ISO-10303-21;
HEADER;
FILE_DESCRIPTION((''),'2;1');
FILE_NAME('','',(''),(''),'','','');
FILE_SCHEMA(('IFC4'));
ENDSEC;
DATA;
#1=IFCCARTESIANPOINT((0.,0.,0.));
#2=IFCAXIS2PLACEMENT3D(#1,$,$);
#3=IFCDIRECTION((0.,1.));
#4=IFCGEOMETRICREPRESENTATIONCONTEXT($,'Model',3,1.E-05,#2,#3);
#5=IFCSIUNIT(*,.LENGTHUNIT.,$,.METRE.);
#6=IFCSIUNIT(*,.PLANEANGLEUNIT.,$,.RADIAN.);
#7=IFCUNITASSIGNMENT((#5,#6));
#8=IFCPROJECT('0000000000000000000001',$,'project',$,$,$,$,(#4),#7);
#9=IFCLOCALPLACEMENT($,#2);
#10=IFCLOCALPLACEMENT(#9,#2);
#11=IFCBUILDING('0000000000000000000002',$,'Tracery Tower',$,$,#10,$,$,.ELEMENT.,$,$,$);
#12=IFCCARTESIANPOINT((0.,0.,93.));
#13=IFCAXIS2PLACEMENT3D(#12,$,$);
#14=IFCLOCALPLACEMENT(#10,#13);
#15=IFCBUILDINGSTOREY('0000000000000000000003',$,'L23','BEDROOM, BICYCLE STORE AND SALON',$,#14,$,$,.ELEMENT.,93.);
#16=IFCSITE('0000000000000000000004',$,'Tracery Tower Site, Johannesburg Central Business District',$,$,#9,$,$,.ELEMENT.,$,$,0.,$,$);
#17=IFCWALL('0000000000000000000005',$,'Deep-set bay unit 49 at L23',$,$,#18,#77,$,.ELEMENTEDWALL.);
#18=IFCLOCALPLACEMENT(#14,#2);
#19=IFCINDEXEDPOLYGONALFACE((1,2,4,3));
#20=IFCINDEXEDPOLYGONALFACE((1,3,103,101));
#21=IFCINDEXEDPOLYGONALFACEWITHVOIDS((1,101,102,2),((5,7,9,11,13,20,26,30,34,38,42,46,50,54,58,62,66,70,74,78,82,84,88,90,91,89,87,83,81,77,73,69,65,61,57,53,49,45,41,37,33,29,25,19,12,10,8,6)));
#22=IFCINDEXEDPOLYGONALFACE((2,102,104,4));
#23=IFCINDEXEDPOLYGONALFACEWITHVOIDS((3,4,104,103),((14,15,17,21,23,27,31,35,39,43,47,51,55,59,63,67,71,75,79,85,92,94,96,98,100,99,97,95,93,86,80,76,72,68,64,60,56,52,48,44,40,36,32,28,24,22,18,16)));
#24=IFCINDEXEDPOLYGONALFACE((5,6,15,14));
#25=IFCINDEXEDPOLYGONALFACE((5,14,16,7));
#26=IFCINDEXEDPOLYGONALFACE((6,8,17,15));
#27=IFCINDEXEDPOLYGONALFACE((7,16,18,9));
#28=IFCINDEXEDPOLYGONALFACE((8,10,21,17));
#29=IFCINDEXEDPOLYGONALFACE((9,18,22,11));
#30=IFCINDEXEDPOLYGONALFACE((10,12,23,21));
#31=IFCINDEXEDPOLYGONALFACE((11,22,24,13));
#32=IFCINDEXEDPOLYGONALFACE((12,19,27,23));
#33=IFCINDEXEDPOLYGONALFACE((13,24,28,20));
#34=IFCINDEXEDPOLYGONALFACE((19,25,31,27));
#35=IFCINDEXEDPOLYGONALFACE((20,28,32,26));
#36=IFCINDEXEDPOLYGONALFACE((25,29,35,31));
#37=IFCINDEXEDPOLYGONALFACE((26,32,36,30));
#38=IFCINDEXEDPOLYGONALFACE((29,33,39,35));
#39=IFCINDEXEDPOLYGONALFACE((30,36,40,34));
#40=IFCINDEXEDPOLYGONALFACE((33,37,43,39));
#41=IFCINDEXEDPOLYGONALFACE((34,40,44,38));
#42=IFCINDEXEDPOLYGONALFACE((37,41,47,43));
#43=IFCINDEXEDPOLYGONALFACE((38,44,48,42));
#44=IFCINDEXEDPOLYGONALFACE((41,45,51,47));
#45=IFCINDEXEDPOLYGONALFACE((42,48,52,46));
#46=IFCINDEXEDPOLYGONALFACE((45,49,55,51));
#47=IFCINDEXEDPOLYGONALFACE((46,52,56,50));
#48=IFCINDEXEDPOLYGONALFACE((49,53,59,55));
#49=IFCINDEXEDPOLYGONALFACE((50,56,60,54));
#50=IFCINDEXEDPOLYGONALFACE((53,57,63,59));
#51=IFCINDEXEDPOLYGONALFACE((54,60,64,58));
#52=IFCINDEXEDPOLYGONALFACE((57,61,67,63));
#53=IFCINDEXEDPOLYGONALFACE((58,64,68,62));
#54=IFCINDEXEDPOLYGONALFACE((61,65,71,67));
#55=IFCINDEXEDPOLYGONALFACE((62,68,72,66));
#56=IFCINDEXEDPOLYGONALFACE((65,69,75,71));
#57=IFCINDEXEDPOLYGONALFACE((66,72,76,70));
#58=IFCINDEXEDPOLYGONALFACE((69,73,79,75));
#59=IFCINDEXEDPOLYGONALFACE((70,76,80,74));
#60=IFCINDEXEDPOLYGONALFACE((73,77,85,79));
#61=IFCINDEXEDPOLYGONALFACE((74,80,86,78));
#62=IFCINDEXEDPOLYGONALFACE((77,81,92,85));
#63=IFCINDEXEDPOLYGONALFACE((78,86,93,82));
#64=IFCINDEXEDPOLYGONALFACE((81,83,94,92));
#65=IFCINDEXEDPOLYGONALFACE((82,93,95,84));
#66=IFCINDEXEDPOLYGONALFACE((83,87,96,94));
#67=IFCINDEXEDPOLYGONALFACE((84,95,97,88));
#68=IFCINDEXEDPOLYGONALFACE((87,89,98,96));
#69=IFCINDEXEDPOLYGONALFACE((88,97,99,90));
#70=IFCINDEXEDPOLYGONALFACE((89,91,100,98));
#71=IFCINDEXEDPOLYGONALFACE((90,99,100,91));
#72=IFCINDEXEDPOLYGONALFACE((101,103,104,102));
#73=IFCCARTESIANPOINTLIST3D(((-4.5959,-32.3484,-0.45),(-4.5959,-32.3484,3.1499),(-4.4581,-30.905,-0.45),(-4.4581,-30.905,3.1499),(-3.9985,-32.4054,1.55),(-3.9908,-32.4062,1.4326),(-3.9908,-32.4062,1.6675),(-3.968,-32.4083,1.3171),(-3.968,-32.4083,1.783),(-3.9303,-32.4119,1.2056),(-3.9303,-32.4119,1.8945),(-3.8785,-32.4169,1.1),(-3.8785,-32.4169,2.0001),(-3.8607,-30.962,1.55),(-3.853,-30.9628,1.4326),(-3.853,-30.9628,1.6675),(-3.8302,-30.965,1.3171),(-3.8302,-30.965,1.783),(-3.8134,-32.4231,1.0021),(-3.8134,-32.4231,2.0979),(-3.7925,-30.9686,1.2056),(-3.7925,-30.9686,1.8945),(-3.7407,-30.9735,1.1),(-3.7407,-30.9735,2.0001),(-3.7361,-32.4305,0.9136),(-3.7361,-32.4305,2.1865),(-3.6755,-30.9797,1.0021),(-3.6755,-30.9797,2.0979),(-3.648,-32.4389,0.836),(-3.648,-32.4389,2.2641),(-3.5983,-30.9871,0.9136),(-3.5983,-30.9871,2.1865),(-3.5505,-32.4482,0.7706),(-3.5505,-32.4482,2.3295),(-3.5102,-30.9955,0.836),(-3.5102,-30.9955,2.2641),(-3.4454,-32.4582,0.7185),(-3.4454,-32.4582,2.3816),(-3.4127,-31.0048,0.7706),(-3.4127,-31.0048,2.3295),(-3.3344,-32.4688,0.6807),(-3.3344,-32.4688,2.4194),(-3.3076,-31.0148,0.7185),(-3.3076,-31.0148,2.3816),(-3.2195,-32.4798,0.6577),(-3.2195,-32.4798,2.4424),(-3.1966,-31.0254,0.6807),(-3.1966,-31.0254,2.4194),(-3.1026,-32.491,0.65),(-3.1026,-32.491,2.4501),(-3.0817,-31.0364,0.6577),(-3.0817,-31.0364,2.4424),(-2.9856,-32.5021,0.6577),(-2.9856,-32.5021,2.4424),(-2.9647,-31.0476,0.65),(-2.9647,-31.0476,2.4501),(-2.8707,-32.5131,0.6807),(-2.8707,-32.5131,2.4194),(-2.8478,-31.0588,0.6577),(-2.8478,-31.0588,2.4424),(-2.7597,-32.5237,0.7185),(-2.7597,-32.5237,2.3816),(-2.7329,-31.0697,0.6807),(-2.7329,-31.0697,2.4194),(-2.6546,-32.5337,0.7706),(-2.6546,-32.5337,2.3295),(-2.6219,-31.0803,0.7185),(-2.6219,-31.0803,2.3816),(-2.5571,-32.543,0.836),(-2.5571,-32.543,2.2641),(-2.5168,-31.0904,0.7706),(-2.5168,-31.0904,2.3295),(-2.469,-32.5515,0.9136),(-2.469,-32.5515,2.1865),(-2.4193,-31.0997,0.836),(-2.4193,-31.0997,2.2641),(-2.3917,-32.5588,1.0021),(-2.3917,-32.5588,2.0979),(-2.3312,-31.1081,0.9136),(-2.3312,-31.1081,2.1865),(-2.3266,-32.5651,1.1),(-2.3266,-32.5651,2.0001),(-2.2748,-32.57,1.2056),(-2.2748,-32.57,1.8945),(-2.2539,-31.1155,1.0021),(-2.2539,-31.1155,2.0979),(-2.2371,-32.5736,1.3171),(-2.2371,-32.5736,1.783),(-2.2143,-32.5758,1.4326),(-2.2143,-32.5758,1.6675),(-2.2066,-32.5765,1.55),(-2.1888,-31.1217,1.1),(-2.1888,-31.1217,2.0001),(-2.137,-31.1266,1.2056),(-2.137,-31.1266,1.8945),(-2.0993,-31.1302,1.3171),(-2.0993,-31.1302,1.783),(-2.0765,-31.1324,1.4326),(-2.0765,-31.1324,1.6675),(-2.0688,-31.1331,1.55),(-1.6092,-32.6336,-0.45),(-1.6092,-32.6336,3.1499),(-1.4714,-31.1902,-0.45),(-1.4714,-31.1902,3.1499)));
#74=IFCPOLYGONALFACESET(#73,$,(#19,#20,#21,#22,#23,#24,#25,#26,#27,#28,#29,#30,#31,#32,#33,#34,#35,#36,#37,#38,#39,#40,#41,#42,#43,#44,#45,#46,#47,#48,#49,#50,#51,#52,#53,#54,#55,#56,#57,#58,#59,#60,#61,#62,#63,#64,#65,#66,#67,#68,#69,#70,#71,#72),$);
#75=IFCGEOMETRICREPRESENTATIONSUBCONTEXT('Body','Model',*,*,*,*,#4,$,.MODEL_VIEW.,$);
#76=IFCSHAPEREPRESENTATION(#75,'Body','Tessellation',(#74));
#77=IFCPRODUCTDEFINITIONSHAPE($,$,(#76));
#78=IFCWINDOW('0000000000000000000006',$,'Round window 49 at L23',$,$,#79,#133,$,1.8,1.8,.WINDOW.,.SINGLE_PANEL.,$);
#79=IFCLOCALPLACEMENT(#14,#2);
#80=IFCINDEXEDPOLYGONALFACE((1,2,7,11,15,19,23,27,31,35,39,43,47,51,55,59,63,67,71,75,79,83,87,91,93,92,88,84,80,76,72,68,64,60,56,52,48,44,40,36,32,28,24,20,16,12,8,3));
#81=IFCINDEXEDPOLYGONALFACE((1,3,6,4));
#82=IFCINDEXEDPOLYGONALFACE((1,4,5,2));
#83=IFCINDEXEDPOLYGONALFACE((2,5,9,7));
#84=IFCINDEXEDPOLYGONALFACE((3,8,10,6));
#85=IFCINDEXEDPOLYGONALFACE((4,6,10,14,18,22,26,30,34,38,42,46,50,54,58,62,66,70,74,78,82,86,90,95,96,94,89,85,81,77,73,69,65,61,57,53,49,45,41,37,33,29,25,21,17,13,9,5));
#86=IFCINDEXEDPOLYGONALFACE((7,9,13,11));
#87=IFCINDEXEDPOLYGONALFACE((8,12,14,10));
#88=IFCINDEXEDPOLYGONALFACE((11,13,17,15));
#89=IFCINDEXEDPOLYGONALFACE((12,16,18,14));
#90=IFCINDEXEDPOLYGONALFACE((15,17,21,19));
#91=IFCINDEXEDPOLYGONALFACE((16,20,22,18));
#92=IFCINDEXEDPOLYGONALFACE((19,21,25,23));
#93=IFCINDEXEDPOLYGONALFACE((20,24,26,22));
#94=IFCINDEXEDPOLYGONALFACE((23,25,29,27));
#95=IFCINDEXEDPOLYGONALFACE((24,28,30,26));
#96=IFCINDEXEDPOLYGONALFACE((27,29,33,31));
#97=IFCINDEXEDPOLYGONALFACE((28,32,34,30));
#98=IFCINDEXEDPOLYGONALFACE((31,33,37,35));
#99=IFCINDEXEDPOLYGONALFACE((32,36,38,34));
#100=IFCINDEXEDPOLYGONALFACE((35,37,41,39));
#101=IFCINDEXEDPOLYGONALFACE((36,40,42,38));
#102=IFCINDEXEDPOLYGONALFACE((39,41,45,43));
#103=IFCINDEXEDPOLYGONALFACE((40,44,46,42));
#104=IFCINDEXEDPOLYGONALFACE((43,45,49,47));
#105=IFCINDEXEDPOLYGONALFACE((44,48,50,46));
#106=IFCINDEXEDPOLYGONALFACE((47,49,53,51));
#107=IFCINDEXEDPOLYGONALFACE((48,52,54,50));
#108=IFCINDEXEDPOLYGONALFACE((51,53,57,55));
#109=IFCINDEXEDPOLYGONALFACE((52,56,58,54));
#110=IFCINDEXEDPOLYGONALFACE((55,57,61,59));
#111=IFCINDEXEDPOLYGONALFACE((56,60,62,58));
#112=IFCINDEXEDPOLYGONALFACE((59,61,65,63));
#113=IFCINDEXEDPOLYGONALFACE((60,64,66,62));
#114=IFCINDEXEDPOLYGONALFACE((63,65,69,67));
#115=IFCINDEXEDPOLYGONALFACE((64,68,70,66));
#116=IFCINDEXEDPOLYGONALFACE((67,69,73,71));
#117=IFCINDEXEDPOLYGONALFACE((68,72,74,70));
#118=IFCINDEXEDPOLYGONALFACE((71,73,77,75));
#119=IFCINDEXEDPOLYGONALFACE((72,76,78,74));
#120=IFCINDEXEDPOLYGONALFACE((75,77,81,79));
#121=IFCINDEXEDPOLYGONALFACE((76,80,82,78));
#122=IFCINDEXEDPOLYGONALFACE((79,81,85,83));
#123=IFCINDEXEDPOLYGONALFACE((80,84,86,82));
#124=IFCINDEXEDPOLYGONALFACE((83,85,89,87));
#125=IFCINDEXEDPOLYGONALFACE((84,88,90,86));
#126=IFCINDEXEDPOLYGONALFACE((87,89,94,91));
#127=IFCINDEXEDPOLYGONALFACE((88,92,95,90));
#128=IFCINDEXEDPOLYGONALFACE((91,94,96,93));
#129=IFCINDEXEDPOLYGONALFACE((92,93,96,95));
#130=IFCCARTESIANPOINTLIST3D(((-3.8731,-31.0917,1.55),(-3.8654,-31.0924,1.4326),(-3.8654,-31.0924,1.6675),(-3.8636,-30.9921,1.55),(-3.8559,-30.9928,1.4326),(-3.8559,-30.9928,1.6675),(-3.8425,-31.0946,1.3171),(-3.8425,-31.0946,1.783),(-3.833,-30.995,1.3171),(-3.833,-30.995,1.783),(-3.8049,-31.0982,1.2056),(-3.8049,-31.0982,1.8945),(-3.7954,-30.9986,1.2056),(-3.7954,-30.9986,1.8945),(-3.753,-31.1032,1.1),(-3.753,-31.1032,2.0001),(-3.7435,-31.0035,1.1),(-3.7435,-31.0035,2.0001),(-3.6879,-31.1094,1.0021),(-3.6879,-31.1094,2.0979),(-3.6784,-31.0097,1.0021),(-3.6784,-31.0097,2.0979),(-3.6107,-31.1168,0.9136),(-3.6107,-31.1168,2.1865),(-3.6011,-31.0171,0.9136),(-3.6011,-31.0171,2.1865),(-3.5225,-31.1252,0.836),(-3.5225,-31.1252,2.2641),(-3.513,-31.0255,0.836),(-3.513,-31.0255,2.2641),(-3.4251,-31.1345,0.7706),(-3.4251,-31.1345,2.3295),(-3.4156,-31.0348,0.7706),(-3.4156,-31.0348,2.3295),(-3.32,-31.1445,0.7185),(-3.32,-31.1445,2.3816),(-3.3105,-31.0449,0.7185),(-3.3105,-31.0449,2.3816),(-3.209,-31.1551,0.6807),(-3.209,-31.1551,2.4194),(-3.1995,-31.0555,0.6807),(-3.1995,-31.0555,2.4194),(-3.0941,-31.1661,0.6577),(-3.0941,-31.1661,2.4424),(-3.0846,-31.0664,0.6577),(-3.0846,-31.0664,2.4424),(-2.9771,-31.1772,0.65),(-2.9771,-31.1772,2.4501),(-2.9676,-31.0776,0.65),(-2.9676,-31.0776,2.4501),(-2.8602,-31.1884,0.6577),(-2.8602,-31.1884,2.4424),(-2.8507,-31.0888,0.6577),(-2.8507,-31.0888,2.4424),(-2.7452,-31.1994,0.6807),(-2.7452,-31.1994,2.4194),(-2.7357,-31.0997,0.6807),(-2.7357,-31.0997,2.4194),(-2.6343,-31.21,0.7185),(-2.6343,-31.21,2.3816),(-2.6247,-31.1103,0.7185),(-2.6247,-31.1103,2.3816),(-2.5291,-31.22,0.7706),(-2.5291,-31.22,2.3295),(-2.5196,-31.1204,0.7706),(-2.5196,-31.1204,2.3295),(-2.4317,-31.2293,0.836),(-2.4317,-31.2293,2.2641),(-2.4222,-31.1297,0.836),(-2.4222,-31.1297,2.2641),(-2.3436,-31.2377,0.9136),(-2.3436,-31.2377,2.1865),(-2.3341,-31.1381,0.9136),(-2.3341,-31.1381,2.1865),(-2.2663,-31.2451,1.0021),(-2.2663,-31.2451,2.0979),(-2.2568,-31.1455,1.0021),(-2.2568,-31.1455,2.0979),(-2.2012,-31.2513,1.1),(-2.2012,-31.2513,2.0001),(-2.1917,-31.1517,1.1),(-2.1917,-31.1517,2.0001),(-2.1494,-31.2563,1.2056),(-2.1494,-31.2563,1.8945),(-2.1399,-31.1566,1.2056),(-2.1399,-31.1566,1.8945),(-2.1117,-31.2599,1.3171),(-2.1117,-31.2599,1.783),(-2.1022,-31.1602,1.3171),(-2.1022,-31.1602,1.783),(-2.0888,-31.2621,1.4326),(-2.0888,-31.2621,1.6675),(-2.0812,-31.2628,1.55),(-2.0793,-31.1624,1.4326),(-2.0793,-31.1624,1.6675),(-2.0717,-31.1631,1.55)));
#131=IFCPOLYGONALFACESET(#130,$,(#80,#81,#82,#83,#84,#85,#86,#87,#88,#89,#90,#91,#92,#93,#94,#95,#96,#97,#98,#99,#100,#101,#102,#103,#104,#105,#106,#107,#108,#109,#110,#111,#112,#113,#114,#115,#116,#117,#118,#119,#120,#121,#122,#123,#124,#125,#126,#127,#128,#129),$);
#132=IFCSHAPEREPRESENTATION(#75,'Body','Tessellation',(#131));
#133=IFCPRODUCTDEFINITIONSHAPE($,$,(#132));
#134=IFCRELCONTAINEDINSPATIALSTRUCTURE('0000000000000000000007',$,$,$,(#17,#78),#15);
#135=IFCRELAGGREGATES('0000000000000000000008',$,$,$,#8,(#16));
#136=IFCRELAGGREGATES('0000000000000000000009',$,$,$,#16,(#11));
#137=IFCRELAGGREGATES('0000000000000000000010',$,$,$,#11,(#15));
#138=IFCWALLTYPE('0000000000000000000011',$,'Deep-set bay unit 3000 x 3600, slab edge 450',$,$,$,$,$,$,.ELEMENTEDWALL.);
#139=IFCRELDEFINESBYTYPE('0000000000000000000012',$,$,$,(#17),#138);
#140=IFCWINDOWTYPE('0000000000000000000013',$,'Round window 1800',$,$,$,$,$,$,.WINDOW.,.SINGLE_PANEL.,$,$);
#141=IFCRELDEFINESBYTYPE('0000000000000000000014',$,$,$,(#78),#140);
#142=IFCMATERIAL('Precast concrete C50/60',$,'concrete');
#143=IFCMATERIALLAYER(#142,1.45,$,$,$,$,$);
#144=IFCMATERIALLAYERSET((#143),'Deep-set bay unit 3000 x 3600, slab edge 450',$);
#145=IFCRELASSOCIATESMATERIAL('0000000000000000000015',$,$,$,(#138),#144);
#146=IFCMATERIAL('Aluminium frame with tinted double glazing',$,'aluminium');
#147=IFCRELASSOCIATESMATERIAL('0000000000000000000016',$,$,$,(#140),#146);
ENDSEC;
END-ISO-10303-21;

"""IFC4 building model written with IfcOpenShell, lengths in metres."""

from ifc_helpers import new_model, si_unit, direction, frame, frame_2d, origin, origin_2d, place, context, subcontext, project, spatial, rectangle, circle, extrude, material, layer, layer_set, type_object, element, fill, save


model = new_model("IFC4")

# Units and contexts
model_context = context("Model", 3, precision=1e-05, world=origin(), true_north=direction((0.0, 1.0)))
body_context = subcontext(model_context, "Body", "Model", "MODEL_VIEW")
ifc_project = project(units=[si_unit("LENGTHUNIT", "METRE"), si_unit("PLANEANGLEUNIT", "RADIAN")], contexts=[model_context])

# Site, building, storey
site_placement = place(None, origin())
site = spatial("IfcSite", under=ifc_project, at=site_placement, Name="Tracery Tower Site, Johannesburg Central Business District", CompositionType="ELEMENT", RefElevation=0.0)
building_placement = place(site_placement, origin())
building = spatial("IfcBuilding", under=site, at=building_placement, Name="Tracery Tower", CompositionType="ELEMENT")
storey_placement = place(building_placement, frame((0.0, 0.0, 93.0)))
storey = spatial("IfcBuildingStorey", under=building, at=storey_placement, Name="L23", Description="BEDROOM, BICYCLE STORE AND SALON", CompositionType="ELEMENT", Elevation=93.0)

# Wall, opening, window
ifc_material_1 = material(Name="Precast concrete C50/60", Category="concrete")
ifc_layer_1 = layer(ifc_material_1, 1.45)
ifc_layer_set_1 = layer_set([ifc_layer_1], Name="Deep-set bay unit 3000 x 3600, slab edge 450")
wall_type_1 = type_object("IfcWallType", Name="Deep-set bay unit 3000 x 3600, slab edge 450", PredefinedType="ELEMENTEDWALL", material=ifc_layer_set_1)
ifc_material_2 = material(Name="Aluminium frame with tinted double glazing", Category="aluminium")
window_type = type_object("IfcWindowType", Name="Round window 1800", PartitioningType="SINGLE_PANEL", PredefinedType="WINDOW", material=ifc_material_2)
wall_1_placement = place(storey_placement, frame((-4.5269, -31.6267, -0.45), z_axis=(0.0, 0.0, 1.0), x_axis=(0.995473, -0.095047, 0.0)))
wall_1 = element("IfcWall", 1, at=wall_1_placement, inside=storey, type_object=wall_type_1, Name="Deep-set bay unit 49 at L23", PredefinedType="ELEMENTEDWALL", context=body_context, shape_type="SweptSolid", body=[
    extrude(rectangle(XDim=3.0002, YDim=1.45, at=frame_2d((1.5, 0.0))), origin(), (0.0, 0.0, 1.0), 3.5999),
])
opening_1_placement = place(wall_1_placement, frame((1.5, 0.0, 2.0)))
opening_1 = element("IfcOpeningElement", 2, at=opening_1_placement, cuts=wall_1, PredefinedType="OPENING", context=body_context, shape_type="SweptSolid", body=[
    extrude(circle(Radius=0.9, at=origin_2d()), frame((0.0, 0.7349, 0.0), z_axis=(0.0, -1.0, 0.0), x_axis=(1.0, 0.0, 0.0)), (0.0, 0.0, 1.0), 1.47),
])
window_1_placement = place(opening_1_placement, origin())
window_1 = element("IfcWindow", 3, at=window_1_placement, inside=storey, type_object=window_type, Name="Round window 49 at L23", OverallHeight=1.8, OverallWidth=1.8, PartitioningType="SINGLE_PANEL", PredefinedType="WINDOW", context=body_context, shape_type="SweptSolid", body=[
    extrude(circle(Radius=0.9, at=origin_2d()), frame((0.0, 0.6948, 0.0), z_axis=(0.0, -1.0, 0.0), x_axis=(1.0, 0.0, 0.0)), (0.0, 0.0, 1.0), 0.1001),
])
fill(opening_1, window_1)

save(model, "model.ifc")
